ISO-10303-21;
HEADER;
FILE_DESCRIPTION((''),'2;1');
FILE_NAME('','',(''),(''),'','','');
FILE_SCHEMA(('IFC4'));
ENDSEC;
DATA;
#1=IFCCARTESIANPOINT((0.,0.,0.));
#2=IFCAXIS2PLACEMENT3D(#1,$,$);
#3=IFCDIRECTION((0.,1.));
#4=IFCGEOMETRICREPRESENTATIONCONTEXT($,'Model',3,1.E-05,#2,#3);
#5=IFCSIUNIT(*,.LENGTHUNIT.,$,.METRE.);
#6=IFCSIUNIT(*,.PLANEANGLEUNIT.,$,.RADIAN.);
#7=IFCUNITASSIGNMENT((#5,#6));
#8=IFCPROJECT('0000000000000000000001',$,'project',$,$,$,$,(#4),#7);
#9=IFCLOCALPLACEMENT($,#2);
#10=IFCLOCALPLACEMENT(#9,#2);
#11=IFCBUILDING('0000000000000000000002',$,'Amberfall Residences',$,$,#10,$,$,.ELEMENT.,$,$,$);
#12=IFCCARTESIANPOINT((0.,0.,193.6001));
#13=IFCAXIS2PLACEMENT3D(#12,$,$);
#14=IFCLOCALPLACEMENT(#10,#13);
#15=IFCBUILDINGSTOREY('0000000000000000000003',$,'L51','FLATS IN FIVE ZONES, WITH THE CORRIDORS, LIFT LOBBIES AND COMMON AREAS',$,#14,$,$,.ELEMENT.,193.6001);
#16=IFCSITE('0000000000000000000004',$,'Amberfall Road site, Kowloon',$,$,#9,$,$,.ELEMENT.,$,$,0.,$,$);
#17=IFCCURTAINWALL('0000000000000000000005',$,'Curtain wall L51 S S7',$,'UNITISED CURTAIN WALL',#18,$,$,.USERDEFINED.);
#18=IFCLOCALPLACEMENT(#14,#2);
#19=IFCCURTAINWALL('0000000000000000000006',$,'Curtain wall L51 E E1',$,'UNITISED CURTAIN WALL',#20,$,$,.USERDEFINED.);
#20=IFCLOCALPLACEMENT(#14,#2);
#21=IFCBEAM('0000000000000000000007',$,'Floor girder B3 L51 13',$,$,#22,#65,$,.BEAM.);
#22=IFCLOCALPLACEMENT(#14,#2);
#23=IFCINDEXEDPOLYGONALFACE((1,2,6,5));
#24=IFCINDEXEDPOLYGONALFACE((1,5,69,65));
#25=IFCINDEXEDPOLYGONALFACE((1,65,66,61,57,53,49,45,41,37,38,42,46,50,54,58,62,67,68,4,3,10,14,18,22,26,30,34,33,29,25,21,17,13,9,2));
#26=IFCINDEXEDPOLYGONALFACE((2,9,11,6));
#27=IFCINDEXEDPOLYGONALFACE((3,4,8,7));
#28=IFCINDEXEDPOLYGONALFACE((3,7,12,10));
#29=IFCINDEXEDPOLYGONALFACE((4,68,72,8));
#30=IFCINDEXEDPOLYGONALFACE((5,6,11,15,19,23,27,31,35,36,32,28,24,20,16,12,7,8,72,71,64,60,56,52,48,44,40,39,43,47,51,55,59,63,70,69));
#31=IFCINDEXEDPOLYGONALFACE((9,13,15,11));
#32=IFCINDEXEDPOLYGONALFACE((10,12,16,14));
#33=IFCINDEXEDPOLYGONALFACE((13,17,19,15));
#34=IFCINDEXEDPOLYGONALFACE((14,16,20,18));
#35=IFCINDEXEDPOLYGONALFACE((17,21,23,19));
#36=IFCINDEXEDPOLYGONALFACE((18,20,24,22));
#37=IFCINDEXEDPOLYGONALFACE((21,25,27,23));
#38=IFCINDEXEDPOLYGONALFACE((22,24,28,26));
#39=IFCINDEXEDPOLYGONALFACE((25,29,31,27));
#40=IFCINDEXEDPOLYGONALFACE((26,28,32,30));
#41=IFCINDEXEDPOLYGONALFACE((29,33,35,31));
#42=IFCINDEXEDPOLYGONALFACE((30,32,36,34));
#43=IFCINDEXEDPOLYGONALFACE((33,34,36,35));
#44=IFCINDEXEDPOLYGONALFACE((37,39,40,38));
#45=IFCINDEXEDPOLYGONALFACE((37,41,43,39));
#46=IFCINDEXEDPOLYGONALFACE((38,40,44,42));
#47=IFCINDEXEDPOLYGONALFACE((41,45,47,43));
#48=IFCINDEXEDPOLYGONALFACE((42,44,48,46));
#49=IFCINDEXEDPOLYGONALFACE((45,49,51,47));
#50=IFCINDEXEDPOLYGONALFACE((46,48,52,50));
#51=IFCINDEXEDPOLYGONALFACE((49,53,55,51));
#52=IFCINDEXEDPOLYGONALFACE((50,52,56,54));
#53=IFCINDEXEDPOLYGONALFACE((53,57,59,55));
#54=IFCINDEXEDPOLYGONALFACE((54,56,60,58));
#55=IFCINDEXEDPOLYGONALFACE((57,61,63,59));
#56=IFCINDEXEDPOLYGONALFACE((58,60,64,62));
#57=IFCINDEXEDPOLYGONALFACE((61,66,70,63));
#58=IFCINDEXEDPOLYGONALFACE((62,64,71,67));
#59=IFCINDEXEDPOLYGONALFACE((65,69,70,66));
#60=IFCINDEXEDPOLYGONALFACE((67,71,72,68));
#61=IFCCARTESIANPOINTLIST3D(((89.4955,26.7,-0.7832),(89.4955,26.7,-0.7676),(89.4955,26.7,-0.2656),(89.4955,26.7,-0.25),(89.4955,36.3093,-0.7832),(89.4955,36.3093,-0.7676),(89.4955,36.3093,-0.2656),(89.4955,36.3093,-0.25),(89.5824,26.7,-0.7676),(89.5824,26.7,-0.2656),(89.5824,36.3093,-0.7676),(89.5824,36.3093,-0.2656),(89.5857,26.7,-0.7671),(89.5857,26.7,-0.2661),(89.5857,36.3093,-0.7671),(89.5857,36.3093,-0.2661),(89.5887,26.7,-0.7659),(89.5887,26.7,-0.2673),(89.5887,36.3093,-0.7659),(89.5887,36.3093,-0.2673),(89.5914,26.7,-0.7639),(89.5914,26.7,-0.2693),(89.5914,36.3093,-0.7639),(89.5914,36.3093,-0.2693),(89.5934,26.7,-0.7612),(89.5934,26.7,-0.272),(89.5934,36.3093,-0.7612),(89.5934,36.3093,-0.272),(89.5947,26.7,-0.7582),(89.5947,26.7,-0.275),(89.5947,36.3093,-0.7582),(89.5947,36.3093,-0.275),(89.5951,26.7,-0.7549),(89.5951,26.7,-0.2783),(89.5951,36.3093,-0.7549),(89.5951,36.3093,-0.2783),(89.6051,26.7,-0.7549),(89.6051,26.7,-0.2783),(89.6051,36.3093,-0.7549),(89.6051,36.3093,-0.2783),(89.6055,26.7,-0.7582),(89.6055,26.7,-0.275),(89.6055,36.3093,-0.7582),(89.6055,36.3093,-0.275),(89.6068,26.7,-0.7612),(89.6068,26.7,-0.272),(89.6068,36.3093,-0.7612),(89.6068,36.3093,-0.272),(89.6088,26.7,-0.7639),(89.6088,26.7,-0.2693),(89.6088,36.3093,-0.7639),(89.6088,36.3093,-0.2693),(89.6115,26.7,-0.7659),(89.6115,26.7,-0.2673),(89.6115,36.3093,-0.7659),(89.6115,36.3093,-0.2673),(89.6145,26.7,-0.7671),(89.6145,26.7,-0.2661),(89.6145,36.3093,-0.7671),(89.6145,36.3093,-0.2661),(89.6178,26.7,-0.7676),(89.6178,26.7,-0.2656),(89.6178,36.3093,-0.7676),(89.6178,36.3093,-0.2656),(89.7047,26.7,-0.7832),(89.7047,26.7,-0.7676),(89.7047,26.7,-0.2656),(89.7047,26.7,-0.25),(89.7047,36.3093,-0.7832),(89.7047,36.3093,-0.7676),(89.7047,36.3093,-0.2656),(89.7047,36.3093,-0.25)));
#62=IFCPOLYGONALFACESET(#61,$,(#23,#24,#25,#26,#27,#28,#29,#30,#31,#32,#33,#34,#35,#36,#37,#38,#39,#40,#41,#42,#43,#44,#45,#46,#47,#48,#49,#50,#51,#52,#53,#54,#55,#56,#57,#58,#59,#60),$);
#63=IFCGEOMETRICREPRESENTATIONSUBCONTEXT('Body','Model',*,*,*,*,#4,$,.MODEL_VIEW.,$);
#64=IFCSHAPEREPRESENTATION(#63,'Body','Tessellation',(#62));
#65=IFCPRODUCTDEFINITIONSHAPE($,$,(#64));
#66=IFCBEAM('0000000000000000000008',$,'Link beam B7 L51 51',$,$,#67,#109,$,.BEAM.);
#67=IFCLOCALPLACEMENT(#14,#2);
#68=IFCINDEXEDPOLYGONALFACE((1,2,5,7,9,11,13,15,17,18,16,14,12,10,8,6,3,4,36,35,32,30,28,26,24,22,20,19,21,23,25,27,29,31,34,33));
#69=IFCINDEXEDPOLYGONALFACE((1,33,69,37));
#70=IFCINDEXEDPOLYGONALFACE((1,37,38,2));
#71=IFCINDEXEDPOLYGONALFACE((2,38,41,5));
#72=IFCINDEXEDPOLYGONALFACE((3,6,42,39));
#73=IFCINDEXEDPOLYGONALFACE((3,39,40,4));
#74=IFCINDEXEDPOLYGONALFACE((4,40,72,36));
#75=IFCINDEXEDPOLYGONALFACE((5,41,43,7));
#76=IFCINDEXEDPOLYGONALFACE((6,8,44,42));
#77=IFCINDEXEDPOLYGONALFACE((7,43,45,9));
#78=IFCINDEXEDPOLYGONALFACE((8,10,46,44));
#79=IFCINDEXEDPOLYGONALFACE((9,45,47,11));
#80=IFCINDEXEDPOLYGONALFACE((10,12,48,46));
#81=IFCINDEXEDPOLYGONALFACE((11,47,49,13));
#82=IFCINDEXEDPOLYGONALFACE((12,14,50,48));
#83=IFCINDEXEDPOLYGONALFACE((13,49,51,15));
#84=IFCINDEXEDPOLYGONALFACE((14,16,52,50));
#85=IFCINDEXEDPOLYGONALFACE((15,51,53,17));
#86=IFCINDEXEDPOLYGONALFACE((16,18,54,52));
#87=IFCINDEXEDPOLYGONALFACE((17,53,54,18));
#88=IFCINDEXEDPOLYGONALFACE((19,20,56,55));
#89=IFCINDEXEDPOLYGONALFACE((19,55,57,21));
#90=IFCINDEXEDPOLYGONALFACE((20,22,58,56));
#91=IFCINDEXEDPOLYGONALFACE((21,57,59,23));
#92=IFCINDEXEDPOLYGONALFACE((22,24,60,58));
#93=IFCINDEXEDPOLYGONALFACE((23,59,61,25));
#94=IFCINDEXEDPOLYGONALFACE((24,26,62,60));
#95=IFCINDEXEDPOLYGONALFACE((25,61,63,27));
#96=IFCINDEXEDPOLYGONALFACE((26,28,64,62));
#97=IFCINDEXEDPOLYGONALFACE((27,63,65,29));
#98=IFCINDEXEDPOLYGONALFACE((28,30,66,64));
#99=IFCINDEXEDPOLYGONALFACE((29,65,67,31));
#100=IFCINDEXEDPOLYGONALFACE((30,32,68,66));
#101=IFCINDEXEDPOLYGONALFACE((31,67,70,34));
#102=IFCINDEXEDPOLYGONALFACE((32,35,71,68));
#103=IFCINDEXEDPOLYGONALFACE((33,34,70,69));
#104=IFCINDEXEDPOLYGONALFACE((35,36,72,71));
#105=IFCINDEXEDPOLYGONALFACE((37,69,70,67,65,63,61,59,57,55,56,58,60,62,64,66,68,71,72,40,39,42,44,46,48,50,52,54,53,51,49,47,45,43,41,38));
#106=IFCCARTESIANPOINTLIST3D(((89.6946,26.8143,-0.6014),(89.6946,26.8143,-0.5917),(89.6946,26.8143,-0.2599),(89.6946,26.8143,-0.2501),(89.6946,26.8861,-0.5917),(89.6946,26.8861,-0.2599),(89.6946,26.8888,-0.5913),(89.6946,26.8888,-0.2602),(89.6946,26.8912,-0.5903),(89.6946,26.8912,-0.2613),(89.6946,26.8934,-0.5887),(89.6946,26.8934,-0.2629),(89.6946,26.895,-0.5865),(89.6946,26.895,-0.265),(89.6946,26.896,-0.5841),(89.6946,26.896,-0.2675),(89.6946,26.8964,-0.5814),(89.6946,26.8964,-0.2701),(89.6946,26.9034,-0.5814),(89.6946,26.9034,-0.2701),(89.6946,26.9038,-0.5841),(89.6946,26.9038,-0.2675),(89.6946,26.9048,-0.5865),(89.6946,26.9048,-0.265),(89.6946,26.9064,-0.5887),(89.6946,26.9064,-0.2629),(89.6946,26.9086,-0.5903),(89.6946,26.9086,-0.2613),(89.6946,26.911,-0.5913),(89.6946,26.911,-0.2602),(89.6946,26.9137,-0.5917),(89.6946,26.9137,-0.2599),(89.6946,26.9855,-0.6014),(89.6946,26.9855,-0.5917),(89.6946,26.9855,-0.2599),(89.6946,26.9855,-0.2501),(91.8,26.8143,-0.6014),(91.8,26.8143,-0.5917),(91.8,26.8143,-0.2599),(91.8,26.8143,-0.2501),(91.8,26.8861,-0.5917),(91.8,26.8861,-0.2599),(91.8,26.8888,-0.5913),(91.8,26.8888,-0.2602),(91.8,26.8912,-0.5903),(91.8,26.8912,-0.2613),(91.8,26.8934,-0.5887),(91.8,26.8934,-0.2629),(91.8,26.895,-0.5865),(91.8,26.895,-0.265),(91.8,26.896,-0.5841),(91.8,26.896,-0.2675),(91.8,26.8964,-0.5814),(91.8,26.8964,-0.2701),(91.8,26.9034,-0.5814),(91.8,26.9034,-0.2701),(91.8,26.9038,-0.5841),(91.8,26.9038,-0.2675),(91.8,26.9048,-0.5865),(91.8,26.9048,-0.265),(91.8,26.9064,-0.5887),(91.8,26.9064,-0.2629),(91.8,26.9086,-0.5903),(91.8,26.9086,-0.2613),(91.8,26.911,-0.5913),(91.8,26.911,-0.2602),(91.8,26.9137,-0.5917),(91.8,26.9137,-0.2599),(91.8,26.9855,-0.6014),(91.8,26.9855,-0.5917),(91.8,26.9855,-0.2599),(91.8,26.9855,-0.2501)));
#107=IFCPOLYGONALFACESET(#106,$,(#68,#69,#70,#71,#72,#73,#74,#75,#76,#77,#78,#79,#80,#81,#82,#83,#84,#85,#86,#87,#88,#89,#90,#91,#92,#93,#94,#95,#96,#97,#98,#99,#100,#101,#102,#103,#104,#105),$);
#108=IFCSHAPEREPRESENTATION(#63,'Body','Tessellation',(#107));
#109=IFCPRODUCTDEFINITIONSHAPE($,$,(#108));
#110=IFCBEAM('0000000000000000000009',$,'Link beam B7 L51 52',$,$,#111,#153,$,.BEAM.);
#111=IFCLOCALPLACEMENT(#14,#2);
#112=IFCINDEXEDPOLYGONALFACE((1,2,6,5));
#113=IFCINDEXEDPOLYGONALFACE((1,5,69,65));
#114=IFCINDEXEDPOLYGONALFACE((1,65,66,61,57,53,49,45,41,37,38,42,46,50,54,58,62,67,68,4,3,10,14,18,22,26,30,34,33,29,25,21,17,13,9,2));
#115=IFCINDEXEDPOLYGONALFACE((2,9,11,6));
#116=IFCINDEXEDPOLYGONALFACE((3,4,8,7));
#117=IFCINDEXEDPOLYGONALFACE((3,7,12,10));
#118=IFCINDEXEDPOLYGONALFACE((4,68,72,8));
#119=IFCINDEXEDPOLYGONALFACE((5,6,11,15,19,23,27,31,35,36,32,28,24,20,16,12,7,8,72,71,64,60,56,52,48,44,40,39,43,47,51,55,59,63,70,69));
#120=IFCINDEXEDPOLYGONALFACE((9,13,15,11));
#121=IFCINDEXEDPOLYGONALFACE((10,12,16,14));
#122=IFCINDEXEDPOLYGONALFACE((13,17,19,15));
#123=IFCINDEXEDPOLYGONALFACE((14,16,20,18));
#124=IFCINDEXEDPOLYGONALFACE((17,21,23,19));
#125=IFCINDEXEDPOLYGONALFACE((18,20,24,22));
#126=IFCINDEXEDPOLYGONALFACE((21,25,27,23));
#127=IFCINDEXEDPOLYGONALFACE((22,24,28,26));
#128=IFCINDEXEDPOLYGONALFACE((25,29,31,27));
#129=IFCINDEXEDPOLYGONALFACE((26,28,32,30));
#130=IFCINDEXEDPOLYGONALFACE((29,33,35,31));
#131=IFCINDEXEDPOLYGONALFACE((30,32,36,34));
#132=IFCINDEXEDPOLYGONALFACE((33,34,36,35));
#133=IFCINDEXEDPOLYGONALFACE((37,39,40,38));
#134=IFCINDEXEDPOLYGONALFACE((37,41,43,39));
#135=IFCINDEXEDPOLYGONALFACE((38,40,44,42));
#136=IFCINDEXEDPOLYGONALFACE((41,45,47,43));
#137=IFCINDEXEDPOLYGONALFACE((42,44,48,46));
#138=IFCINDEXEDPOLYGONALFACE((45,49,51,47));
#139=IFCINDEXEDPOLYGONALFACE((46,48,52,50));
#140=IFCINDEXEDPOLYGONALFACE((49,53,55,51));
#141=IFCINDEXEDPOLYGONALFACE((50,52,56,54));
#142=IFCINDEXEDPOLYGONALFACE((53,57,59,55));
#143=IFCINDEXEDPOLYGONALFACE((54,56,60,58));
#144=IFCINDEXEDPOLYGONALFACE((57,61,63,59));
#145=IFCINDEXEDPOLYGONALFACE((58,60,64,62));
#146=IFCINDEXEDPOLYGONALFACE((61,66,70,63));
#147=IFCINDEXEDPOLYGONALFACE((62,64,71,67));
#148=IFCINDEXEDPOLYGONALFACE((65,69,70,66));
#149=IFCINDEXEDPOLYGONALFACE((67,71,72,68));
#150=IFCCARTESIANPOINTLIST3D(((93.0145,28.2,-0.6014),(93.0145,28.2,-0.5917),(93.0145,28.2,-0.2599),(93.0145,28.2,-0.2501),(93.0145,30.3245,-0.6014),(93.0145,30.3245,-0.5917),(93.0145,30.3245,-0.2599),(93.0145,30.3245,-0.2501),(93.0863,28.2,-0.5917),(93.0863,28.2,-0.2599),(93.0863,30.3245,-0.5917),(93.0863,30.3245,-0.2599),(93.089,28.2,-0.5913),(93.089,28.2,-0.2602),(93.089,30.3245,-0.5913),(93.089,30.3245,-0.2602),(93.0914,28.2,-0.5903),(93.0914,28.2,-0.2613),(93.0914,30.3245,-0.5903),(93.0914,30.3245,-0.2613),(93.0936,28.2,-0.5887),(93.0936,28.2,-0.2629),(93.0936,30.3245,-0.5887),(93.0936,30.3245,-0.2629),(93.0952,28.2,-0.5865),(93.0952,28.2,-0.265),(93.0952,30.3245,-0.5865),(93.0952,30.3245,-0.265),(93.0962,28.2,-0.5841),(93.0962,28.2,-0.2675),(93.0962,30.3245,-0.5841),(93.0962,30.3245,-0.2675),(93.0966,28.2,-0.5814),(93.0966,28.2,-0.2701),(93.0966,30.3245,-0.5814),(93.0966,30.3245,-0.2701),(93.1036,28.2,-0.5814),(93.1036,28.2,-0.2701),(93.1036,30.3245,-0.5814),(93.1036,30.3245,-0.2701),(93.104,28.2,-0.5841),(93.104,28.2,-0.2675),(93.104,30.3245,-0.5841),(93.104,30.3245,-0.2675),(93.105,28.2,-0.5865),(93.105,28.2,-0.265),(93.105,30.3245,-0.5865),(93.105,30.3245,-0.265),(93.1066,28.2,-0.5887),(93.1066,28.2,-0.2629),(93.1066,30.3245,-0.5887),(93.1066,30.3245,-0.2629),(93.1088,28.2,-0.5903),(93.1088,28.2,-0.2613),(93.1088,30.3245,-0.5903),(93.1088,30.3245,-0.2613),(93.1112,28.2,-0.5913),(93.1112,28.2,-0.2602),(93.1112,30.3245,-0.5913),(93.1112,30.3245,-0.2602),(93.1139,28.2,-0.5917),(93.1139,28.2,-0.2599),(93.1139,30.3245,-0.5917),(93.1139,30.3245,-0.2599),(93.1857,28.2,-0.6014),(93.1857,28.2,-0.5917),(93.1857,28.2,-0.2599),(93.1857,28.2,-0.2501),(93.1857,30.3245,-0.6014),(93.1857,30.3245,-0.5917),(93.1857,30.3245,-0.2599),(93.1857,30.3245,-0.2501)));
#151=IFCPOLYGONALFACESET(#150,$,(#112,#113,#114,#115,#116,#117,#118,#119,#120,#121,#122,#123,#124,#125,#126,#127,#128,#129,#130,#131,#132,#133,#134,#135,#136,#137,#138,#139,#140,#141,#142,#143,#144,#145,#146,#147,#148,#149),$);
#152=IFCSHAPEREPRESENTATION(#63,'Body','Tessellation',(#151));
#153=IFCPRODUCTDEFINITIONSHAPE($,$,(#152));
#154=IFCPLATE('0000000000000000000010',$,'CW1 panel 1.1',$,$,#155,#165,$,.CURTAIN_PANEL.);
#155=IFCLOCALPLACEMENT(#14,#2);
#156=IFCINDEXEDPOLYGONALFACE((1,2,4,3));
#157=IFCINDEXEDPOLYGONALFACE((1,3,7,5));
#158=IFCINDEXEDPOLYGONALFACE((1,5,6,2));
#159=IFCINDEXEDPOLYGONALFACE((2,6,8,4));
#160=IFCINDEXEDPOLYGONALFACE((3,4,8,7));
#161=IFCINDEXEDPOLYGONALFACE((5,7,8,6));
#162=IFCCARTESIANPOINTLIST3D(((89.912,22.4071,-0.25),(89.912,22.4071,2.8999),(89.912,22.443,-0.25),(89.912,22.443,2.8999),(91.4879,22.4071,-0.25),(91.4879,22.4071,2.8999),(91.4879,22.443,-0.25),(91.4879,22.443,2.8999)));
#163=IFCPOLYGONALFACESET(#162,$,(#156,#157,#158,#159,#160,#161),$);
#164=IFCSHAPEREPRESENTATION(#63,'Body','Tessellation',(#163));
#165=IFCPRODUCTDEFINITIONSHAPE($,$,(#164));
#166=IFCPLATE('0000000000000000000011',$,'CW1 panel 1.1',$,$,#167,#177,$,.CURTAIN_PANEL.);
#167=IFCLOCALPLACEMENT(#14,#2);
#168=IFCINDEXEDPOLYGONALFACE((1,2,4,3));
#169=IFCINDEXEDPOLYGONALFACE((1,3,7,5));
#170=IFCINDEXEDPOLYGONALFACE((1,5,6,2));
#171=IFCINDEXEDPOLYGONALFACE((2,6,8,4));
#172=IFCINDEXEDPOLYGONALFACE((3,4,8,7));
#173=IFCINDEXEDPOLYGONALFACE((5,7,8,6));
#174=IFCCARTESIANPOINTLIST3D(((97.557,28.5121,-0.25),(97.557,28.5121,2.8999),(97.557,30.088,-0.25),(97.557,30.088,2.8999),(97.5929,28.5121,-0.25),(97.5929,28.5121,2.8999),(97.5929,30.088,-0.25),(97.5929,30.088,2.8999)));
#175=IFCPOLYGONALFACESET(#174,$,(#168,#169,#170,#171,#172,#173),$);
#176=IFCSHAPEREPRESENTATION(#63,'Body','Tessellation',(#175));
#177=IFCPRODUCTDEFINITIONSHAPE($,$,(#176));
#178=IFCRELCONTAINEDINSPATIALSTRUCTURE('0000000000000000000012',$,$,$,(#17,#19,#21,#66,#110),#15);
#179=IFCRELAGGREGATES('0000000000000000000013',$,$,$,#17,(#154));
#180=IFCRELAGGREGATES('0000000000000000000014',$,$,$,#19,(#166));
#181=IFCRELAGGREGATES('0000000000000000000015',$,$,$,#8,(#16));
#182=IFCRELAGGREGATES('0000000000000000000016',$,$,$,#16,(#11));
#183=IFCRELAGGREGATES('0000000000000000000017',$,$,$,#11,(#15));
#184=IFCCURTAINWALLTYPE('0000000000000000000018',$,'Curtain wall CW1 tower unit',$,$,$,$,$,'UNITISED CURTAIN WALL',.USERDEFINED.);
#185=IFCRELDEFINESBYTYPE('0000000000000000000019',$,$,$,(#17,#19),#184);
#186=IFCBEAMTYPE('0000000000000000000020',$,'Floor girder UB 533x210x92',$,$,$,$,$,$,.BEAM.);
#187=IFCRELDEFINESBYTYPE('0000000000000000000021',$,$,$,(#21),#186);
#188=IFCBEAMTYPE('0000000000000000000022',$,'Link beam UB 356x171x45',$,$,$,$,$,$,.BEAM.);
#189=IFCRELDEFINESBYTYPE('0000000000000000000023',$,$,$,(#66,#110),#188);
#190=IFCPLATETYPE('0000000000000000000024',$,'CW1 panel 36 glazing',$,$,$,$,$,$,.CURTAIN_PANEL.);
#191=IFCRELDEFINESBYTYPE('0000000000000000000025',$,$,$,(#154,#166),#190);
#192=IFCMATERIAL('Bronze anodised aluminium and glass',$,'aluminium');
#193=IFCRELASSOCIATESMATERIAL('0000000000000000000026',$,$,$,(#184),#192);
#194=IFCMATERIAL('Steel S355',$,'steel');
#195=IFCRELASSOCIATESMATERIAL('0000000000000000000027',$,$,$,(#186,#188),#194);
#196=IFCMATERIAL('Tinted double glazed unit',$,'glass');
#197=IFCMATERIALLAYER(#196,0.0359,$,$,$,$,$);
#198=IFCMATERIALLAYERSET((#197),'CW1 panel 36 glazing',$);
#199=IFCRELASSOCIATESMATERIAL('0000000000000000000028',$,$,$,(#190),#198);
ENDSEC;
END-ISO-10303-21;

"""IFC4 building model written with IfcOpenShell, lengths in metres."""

from ifc_helpers import new_model, si_unit, direction, frame, origin, origin_2d, place, context, subcontext, project, spatial, rectangle, i_section, extrude, material, layer, layer_set, material_profile, profile_set, type_object, element, aggregate, save


model = new_model("IFC4")

# Units and contexts
model_context = context("Model", 3, precision=1e-05, world=origin(), true_north=direction((0.0, 1.0)))
body_context = subcontext(model_context, "Body", "Model", "MODEL_VIEW")
ifc_project = project(units=[si_unit("LENGTHUNIT", "METRE"), si_unit("PLANEANGLEUNIT", "RADIAN")], contexts=[model_context])

# Site, building, storey
site_placement = place(None, origin())
site = spatial("IfcSite", under=ifc_project, at=site_placement, Name="Amberfall Road site, Kowloon", CompositionType="ELEMENT", RefElevation=0.0)
building_placement = place(site_placement, origin())
building = spatial("IfcBuilding", under=site, at=building_placement, Name="Amberfall Residences", CompositionType="ELEMENT")
storey_placement = place(building_placement, frame((0.0, 0.0, 193.6001)))
storey = spatial("IfcBuildingStorey", under=building, at=storey_placement, Name="L51", Description="FLATS IN FIVE ZONES, WITH THE CORRIDORS, LIFT LOBBIES AND COMMON AREAS", CompositionType="ELEMENT", Elevation=193.6001)

# Curtain walls
ifc_material_1 = material(Name="Bronze anodised aluminium and glass", Category="aluminium")
curtain_wall_type = type_object("IfcCurtainWallType", Name="Curtain wall CW1 tower unit", ElementType="UNITISED CURTAIN WALL", PredefinedType="USERDEFINED", material=ifc_material_1)
curtain_wall_1_placement = place(storey_placement, origin())
curtain_wall_1 = element("IfcCurtainWall", 1, at=curtain_wall_1_placement, inside=storey, type_object=curtain_wall_type, Name="Curtain wall L51 S S7", ObjectType="UNITISED CURTAIN WALL", PredefinedType="USERDEFINED")
curtain_wall_2_placement = place(storey_placement, origin())
curtain_wall_2 = element("IfcCurtainWall", 2, at=curtain_wall_2_placement, inside=storey, type_object=curtain_wall_type, Name="Curtain wall L51 E E1", ObjectType="UNITISED CURTAIN WALL", PredefinedType="USERDEFINED")

# Beams
ifc_material_2 = material(Name="Steel S355", Category="steel")
ifc_material_profile_1 = material_profile(ifc_material_2, i_section(OverallWidth=0.2092, OverallDepth=0.5332, WebThickness=0.01, FlangeThickness=0.0156, FilletRadius=0.0127, at=origin_2d()), Name="UB 533x210x92")
ifc_profile_set_1 = profile_set([ifc_material_profile_1], Name="Steel S355")
beam_type_1 = type_object("IfcBeamType", Name="Floor girder UB 533x210x92", PredefinedType="BEAM", material=ifc_profile_set_1)
beam_1_placement = place(storey_placement, frame((89.6001, 26.7, -0.5166), z_axis=(0.0, 1.0, 0.0), x_axis=(-1.0, 0.0, 0.0)))
element("IfcBeam", 3, at=beam_1_placement, inside=storey, type_object=beam_type_1, Name="Floor girder B3 L51 13", PredefinedType="BEAM", context=body_context, shape_type="SweptSolid", body=[
    extrude(i_section(OverallWidth=0.2092, OverallDepth=0.5332, WebThickness=0.01, FlangeThickness=0.0156, FilletRadius=0.0127, at=origin_2d()), origin(), (0.0, 0.0, 1.0), 9.6094),
])
ifc_material_profile_2 = material_profile(ifc_material_2, i_section(OverallWidth=0.1711, OverallDepth=0.3513, WebThickness=0.0071, FlangeThickness=0.0098, FilletRadius=0.0103, at=origin_2d()), Name="UB 356x171x45")
ifc_profile_set_2 = profile_set([ifc_material_profile_2], Name="Steel S355")
beam_type_2 = type_object("IfcBeamType", Name="Link beam UB 356x171x45", PredefinedType="BEAM", material=ifc_profile_set_2)
beam_2_placement = place(storey_placement, frame((91.8, 26.8999, -0.4258), z_axis=(-1.0, 0.0, 0.0), x_axis=(0.0, -1.0, 0.0)))
element("IfcBeam", 4, at=beam_2_placement, inside=storey, type_object=beam_type_2, Name="Link beam B7 L51 51", PredefinedType="BEAM", context=body_context, shape_type="SweptSolid", body=[
    extrude(i_section(OverallWidth=0.1711, OverallDepth=0.3513, WebThickness=0.0071, FlangeThickness=0.0098, FilletRadius=0.0103, at=origin_2d()), origin(), (0.0, 0.0, 1.0), 2.1055),
])
beam_3_placement = place(storey_placement, frame((93.1001, 28.2, -0.4258), z_axis=(0.0, 1.0, 0.0), x_axis=(-1.0, 0.0, 0.0)))
element("IfcBeam", 5, at=beam_3_placement, inside=storey, type_object=beam_type_2, Name="Link beam B7 L51 52", PredefinedType="BEAM", context=body_context, shape_type="SweptSolid", body=[
    extrude(i_section(OverallWidth=0.1711, OverallDepth=0.3513, WebThickness=0.0071, FlangeThickness=0.0098, FilletRadius=0.0103, at=origin_2d()), origin(), (0.0, 0.0, 1.0), 2.1245),
])

# Plates
ifc_material_3 = material(Name="Tinted double glazed unit", Category="glass")
ifc_layer_1 = layer(ifc_material_3, 0.0359)
ifc_layer_set_1 = layer_set([ifc_layer_1], Name="CW1 panel 36 glazing")
plate_type = type_object("IfcPlateType", Name="CW1 panel 36 glazing", PredefinedType="CURTAIN_PANEL", material=ifc_layer_set_1)
plate_1_placement = place(storey_placement, frame((90.7, 22.425, -0.25), z_axis=(0.0, 0.0, 1.0), x_axis=(1.0, 0.0, 0.0)))
plate_1 = element("IfcPlate", 6, at=plate_1_placement, type_object=plate_type, Name="CW1 panel 1.1", PredefinedType="CURTAIN_PANEL", context=body_context, shape_type="SweptSolid", body=[
    extrude(rectangle(XDim=1.5759, YDim=0.0359, at=origin_2d()), origin(), (0.0, 0.0, 1.0), 3.1499),
])
aggregate(curtain_wall_1, [plate_1])
plate_2_placement = place(storey_placement, frame((97.575, 29.3, -0.25), z_axis=(0.0, 0.0, 1.0), x_axis=(0.0, 1.0, 0.0)))
plate_2 = element("IfcPlate", 7, at=plate_2_placement, type_object=plate_type, Name="CW1 panel 1.1", PredefinedType="CURTAIN_PANEL", context=body_context, shape_type="SweptSolid", body=[
    extrude(rectangle(XDim=1.5759, YDim=0.0359, at=origin_2d()), origin(), (0.0, 0.0, 1.0), 3.1499),
])
aggregate(curtain_wall_2, [plate_2])

save(model, "model.ifc")
